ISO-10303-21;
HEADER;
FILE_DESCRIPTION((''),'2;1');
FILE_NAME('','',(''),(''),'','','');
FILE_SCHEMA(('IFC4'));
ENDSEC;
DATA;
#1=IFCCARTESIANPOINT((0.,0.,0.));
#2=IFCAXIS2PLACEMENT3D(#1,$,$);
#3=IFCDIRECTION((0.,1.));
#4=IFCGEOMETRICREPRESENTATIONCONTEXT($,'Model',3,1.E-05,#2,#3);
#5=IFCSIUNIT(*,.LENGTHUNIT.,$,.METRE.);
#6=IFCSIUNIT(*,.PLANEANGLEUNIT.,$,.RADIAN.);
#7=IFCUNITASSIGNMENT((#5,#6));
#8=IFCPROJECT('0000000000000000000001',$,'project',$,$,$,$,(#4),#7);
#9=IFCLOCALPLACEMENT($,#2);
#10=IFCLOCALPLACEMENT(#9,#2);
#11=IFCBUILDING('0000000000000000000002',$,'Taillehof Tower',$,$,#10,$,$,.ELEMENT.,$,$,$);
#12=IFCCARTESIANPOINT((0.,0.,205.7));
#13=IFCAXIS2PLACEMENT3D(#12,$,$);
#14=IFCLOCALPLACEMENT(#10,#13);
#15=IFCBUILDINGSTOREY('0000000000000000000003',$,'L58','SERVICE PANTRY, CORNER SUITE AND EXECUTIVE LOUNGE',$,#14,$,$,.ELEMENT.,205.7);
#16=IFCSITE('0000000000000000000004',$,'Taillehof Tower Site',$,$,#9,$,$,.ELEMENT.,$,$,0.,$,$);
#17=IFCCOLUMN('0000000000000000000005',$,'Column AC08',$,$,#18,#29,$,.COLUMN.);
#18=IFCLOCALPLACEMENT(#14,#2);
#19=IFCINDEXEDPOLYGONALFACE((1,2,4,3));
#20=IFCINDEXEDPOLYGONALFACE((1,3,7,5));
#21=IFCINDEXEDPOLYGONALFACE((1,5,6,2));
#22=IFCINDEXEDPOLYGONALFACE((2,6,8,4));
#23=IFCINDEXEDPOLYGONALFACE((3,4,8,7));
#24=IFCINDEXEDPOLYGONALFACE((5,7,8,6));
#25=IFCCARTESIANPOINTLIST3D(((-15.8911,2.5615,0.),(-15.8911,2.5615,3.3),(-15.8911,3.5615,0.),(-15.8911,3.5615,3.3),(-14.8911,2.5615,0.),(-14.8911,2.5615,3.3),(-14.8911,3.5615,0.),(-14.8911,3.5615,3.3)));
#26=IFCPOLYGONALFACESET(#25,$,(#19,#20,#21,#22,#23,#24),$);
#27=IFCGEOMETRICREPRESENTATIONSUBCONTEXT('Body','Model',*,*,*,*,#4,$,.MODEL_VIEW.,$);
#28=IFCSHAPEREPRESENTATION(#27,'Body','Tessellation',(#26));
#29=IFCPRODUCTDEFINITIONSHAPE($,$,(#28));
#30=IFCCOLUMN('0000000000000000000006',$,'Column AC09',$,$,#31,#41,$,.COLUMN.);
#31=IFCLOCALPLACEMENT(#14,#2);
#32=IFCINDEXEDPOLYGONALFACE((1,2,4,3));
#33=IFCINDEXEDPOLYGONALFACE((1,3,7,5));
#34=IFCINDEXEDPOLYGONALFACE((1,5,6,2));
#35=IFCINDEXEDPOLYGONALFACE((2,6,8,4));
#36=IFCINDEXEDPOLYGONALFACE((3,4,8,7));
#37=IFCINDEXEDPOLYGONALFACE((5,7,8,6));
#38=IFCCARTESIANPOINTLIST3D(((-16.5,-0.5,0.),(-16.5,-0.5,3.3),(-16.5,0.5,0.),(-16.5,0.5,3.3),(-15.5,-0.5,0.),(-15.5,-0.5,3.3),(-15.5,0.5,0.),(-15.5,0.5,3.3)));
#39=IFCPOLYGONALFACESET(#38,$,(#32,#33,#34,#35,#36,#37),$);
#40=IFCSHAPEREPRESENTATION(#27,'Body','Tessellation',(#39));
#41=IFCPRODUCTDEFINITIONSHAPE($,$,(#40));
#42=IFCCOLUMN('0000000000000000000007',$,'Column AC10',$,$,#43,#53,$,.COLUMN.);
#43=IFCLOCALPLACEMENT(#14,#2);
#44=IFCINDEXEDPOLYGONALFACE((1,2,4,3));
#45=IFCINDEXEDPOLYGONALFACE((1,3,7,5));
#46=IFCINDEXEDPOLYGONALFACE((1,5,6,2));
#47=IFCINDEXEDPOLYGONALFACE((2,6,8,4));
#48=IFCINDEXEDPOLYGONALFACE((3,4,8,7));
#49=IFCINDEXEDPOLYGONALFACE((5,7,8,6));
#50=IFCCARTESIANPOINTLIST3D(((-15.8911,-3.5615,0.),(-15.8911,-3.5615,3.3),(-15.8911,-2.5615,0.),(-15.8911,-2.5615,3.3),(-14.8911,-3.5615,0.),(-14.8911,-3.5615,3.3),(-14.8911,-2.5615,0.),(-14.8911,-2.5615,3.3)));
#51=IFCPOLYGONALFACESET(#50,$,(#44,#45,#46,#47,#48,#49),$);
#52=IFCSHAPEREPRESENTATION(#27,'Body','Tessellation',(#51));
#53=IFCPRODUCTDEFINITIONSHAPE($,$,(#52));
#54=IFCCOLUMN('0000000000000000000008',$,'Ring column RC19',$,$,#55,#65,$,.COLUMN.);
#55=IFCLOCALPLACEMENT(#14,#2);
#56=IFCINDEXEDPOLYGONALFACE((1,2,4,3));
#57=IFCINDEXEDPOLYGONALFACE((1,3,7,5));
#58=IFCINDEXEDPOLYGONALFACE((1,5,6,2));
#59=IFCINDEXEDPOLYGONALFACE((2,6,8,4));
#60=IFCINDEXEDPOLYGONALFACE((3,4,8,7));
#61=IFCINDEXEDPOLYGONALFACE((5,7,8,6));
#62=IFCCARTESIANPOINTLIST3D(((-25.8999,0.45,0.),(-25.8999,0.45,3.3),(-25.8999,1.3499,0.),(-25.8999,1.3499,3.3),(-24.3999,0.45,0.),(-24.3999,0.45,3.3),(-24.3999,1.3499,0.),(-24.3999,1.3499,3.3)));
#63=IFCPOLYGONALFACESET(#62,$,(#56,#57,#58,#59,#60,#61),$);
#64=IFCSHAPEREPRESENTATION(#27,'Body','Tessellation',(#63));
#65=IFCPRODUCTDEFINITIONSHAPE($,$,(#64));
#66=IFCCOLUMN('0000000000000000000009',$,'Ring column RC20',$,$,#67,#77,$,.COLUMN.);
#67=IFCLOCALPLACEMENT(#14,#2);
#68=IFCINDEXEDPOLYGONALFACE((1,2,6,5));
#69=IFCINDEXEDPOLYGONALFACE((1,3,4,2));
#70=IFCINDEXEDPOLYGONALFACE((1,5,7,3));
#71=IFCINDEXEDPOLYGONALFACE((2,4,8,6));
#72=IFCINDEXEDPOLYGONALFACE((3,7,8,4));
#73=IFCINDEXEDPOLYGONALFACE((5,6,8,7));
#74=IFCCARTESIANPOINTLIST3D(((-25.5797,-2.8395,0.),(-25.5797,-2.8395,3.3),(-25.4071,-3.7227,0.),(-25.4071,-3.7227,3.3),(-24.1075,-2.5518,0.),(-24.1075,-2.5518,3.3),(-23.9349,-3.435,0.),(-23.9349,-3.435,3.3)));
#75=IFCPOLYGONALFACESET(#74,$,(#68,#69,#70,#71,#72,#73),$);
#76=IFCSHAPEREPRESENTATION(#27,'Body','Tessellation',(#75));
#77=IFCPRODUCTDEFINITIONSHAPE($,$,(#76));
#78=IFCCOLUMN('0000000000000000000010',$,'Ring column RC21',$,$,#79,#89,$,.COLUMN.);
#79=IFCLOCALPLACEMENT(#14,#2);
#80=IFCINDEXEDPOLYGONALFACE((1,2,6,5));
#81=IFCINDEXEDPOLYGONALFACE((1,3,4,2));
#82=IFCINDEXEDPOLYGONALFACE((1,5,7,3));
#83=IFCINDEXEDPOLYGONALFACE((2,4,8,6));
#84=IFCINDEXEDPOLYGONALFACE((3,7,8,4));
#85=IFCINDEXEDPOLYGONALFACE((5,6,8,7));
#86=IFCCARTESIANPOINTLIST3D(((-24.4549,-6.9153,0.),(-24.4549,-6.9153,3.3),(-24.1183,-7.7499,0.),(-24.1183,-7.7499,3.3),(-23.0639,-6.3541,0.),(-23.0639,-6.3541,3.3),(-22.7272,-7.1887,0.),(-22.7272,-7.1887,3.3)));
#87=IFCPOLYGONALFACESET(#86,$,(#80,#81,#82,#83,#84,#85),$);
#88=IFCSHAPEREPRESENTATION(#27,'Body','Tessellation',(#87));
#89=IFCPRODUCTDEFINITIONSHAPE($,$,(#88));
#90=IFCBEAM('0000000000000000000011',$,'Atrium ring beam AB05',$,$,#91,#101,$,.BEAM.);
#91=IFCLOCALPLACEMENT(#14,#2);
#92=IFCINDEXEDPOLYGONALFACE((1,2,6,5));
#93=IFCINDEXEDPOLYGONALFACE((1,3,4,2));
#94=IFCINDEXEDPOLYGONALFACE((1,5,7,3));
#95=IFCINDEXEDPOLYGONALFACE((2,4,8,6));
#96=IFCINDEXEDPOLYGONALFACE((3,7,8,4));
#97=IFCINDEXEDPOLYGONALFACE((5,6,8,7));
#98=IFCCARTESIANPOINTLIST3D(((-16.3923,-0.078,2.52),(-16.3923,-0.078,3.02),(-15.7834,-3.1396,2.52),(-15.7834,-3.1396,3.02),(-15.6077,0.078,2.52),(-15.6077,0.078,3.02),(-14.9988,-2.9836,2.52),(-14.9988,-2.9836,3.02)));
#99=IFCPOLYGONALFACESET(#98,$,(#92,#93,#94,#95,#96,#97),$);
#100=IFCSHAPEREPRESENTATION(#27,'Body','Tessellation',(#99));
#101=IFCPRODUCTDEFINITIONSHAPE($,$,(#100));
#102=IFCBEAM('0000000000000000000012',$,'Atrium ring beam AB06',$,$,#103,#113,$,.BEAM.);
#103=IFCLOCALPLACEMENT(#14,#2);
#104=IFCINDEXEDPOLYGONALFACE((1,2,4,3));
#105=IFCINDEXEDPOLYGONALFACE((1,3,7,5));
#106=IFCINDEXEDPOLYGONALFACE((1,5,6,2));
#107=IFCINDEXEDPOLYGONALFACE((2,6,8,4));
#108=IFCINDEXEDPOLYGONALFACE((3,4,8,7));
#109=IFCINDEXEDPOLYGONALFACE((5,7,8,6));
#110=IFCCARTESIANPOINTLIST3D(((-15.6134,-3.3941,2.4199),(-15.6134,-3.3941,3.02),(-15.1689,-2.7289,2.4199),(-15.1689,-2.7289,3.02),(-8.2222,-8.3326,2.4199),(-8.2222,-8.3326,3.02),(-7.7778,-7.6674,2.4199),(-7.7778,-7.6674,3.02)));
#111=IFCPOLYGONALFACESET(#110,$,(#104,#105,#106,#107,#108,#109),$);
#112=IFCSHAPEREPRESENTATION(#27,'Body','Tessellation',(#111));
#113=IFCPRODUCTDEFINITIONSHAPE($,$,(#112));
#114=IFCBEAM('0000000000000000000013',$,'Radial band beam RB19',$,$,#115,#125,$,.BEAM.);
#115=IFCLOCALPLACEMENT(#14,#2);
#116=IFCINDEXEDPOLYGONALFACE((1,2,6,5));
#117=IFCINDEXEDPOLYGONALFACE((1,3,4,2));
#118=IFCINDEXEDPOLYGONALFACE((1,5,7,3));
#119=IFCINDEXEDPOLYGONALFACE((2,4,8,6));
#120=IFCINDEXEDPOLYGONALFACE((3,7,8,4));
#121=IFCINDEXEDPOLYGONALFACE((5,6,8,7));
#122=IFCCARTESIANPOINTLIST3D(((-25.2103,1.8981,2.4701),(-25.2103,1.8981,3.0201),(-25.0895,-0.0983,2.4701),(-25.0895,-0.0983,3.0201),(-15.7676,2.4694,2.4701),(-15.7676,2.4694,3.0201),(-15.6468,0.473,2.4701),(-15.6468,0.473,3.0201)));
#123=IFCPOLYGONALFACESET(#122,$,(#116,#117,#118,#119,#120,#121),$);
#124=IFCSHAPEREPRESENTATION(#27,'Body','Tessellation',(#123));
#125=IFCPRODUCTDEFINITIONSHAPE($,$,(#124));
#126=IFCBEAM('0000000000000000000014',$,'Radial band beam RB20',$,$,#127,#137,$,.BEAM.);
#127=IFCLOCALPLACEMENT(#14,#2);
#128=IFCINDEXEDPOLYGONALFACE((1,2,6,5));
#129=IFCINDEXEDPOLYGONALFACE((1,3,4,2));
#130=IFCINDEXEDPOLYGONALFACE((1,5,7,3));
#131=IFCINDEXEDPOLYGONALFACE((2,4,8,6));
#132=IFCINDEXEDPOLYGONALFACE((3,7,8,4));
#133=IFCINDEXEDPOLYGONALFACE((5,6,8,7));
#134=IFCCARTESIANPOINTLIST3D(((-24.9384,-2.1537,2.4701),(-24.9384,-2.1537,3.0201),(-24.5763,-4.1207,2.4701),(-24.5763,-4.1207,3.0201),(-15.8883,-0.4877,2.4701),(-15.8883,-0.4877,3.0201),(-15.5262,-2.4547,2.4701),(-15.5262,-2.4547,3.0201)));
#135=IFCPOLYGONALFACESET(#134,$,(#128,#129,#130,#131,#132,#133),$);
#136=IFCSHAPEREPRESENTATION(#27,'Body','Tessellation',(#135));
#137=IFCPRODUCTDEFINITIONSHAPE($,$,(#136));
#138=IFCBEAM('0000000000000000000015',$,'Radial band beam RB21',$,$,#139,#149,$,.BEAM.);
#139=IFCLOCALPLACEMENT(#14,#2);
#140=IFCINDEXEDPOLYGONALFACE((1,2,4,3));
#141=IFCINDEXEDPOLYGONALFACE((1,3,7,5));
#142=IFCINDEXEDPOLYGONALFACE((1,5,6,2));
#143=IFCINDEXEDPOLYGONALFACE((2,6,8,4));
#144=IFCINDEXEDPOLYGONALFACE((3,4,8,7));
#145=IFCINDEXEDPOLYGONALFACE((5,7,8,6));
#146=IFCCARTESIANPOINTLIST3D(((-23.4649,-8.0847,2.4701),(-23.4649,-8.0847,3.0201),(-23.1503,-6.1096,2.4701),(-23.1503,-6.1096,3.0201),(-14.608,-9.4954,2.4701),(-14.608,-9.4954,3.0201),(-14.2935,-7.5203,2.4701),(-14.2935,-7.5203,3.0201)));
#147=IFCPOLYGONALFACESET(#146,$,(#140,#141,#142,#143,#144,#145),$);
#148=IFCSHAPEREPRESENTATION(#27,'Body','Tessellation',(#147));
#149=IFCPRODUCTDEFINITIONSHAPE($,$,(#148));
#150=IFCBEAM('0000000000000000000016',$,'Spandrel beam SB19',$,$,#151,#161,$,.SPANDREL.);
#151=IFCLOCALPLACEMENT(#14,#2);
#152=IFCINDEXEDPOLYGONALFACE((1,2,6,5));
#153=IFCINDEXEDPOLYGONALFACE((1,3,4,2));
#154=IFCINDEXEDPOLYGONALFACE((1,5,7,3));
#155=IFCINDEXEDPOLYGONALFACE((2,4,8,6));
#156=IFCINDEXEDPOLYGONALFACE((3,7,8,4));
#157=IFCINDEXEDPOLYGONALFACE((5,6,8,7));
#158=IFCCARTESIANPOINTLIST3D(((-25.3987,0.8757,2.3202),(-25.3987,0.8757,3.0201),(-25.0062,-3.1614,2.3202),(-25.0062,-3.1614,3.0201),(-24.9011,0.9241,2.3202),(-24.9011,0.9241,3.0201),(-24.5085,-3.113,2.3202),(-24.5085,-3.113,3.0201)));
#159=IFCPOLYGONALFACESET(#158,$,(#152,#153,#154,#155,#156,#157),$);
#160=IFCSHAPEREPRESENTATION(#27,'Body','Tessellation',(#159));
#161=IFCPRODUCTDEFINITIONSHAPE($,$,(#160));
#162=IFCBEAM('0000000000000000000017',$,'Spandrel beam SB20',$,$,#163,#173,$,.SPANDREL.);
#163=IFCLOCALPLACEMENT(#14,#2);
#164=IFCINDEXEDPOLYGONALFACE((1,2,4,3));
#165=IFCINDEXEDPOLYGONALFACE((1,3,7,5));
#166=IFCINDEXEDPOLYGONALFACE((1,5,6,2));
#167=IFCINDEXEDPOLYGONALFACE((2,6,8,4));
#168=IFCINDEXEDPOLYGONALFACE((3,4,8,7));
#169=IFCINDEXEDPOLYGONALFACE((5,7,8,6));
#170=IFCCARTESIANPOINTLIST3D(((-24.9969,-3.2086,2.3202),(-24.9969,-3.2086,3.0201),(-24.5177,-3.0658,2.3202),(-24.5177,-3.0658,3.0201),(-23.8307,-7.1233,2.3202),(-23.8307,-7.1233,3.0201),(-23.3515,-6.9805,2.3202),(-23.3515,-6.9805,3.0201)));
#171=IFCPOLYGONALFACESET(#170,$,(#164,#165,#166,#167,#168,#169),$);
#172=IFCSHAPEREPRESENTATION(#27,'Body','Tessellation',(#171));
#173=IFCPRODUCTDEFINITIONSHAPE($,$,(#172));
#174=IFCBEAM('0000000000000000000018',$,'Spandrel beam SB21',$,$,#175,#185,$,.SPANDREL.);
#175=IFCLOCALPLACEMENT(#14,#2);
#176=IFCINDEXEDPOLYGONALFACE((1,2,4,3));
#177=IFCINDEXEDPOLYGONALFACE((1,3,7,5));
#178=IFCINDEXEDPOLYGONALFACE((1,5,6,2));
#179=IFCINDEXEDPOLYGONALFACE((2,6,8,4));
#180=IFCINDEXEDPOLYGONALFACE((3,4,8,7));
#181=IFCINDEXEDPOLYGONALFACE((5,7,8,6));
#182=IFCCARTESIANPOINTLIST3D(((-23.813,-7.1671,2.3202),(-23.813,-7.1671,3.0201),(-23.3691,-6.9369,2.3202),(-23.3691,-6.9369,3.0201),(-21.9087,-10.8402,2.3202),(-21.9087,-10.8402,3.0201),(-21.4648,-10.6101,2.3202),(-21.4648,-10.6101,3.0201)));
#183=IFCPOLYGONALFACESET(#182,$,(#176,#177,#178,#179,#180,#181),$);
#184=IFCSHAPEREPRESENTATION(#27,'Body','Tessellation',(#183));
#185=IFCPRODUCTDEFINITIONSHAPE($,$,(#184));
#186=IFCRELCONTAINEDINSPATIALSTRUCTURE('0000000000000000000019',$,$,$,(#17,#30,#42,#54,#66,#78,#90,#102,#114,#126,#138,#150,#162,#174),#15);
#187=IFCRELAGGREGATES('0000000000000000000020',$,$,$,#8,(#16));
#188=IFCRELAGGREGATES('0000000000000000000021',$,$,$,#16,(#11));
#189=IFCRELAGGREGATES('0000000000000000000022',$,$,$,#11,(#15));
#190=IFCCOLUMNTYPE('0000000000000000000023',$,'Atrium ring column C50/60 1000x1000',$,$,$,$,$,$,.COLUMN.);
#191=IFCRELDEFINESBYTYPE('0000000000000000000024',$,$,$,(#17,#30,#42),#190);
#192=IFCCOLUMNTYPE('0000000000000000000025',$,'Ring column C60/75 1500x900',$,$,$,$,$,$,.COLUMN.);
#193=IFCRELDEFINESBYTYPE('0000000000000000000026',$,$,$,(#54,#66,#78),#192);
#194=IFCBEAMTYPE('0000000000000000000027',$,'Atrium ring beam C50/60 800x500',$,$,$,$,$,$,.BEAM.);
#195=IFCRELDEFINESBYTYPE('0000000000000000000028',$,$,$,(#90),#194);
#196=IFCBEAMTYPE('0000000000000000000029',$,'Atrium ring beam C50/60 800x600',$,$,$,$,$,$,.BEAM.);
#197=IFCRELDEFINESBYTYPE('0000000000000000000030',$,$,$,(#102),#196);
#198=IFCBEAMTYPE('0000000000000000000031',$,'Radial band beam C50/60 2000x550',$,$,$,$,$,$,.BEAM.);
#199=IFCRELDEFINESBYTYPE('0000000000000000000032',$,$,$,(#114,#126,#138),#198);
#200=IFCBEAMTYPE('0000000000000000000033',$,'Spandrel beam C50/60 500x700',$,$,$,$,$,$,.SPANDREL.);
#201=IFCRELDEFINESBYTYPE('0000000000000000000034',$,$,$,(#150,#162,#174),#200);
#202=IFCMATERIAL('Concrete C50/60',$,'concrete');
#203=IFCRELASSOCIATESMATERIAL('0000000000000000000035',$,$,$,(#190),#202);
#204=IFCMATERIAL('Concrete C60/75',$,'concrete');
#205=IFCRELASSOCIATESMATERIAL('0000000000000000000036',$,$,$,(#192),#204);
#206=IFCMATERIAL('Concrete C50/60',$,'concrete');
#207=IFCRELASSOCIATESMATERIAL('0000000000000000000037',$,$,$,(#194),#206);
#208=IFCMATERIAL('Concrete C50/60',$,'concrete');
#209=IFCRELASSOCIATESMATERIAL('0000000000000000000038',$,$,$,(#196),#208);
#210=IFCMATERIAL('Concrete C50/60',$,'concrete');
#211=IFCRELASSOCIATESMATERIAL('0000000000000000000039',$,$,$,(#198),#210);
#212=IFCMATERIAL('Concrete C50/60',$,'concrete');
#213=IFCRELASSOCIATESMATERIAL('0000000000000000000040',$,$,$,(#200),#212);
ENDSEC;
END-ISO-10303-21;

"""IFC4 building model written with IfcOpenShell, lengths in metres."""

from ifc_helpers import new_model, si_unit, direction, frame, origin, origin_2d, place, context, subcontext, project, spatial, rectangle, extrude, material, material_profile, profile_set, type_object, element, save


model = new_model("IFC4")

# Units and contexts
model_context = context("Model", 3, precision=1e-05, world=origin(), true_north=direction((0.0, 1.0)))
body_context = subcontext(model_context, "Body", "Model", "MODEL_VIEW")
ifc_project = project(units=[si_unit("LENGTHUNIT", "METRE"), si_unit("PLANEANGLEUNIT", "RADIAN")], contexts=[model_context])

# Site, building, storey
site_placement = place(None, origin())
site = spatial("IfcSite", under=ifc_project, at=site_placement, Name="Taillehof Tower Site", CompositionType="ELEMENT", RefElevation=0.0)
building_placement = place(site_placement, origin())
building = spatial("IfcBuilding", under=site, at=building_placement, Name="Taillehof Tower", CompositionType="ELEMENT")
storey_placement = place(building_placement, frame((0.0, 0.0, 205.7)))
storey = spatial("IfcBuildingStorey", under=building, at=storey_placement, Name="L58", Description="SERVICE PANTRY, CORNER SUITE AND EXECUTIVE LOUNGE", CompositionType="ELEMENT", Elevation=205.7)

# Columns
ifc_material_1 = material(Name="Concrete C50/60", Category="concrete")
ifc_material_profile_1 = material_profile(ifc_material_1, rectangle(XDim=1.0, YDim=1.0, at=origin_2d()), Name="RC 1000x1000")
ifc_profile_set_1 = profile_set([ifc_material_profile_1], Name="Concrete C50/60")
column_type_1 = type_object("IfcColumnType", Name="Atrium ring column C50/60 1000x1000", PredefinedType="COLUMN", material=ifc_profile_set_1)
for number, where, z_axis, x_axis, name in (
    (1, (-15.3911, 3.0615, 0.0), (0.0, 0.0, 1.0), (1.0, 0.0, 0.0), "Column AC08"),
    (2, (-16.0, 0.0, 0.0), (0.0, 0.0, 1.0), (1.0, 0.0, 0.0), "Column AC09"),
    (3, (-15.3911, -3.0615, 0.0), (0.0, 0.0, 1.0), (1.0, 0.0, 0.0), "Column AC10"),
):
    element("IfcColumn", number, at=place(storey_placement, frame(where, z_axis=z_axis, x_axis=x_axis)), inside=storey, type_object=column_type_1, Name=name, PredefinedType="COLUMN", context=body_context, shape_type="SweptSolid", body=[
        extrude(rectangle(XDim=1.0, YDim=1.0, at=origin_2d()), origin(), (0.0, 0.0, 1.0), 3.3),
    ])
ifc_material_2 = material(Name="Concrete C60/75", Category="concrete")
ifc_material_profile_2 = material_profile(ifc_material_2, rectangle(XDim=1.5, YDim=0.8999, at=origin_2d()), Name="RC 1500x900")
ifc_profile_set_2 = profile_set([ifc_material_profile_2], Name="Concrete C60/75")
column_type_2 = type_object("IfcColumnType", Name="Ring column C60/75 1500x900", PredefinedType="COLUMN", material=ifc_profile_set_2)
for number, where, z_axis, x_axis, name in (
    (4, (-25.1499, 0.8999, 0.0), (0.0, 0.0, 1.0), (-1.0, 0.0, 0.0), "Ring column RC19"),
    (5, (-24.7573, -3.1372, 0.0), (0.0, 0.0, 1.0), (-0.981434, -0.191801, 0.0), "Ring column RC20"),
    (6, (-23.5911, -7.052, 0.0), (0.0, 0.0, 1.0), (-0.927385, -0.374108, 0.0), "Ring column RC21"),
):
    element("IfcColumn", number, at=place(storey_placement, frame(where, z_axis=z_axis, x_axis=x_axis)), inside=storey, type_object=column_type_2, Name=name, PredefinedType="COLUMN", context=body_context, shape_type="SweptSolid", body=[
        extrude(rectangle(XDim=1.5, YDim=0.8999, at=origin_2d()), origin(), (0.0, 0.0, 1.0), 3.3),
    ])

# Beams
ifc_material_3 = material(Name="Concrete C50/60", Category="concrete")
ifc_material_profile_3 = material_profile(ifc_material_3, rectangle(XDim=0.8, YDim=0.5, at=origin_2d()), Name="RC 800x500")
ifc_profile_set_3 = profile_set([ifc_material_profile_3], Name="Concrete C50/60")
beam_type_1 = type_object("IfcBeamType", Name="Atrium ring beam C50/60 800x500", PredefinedType="BEAM", material=ifc_profile_set_3)
beam_1_placement = place(storey_placement, frame((-16.0, 0.0, 2.77), z_axis=(0.195063, -0.980791, 0.0), x_axis=(0.980791, 0.195063, 0.0)))
element("IfcBeam", 7, at=beam_1_placement, inside=storey, type_object=beam_type_1, Name="Atrium ring beam AB05", PredefinedType="BEAM", context=body_context, shape_type="SweptSolid", body=[
    extrude(rectangle(XDim=0.8, YDim=0.5, at=origin_2d()), origin(), (0.0, 0.0, 1.0), 3.1216),
])
ifc_material_4 = material(Name="Concrete C50/60", Category="concrete")
ifc_material_profile_4 = material_profile(ifc_material_4, rectangle(XDim=0.8, YDim=0.6001, at=origin_2d()), Name="RC 800x600")
ifc_profile_set_4 = profile_set([ifc_material_profile_4], Name="Concrete C50/60")
beam_type_2 = type_object("IfcBeamType", Name="Atrium ring beam C50/60 800x600", PredefinedType="BEAM", material=ifc_profile_set_4)
beam_2_placement = place(storey_placement, frame((-15.3911, -3.0615, 2.72), z_axis=(0.831475, -0.555562, 0.0), x_axis=(0.555562, 0.831475, 0.0)))
element("IfcBeam", 8, at=beam_2_placement, inside=storey, type_object=beam_type_2, Name="Atrium ring beam AB06", PredefinedType="BEAM", context=body_context, shape_type="SweptSolid", body=[
    extrude(rectangle(XDim=0.8, YDim=0.6001, at=origin_2d()), origin(), (0.0, 0.0, 1.0), 8.8892),
])
ifc_material_5 = material(Name="Concrete C50/60", Category="concrete")
ifc_material_profile_5 = material_profile(ifc_material_5, rectangle(XDim=2.0, YDim=0.55, at=origin_2d()), Name="RC 2000x550")
ifc_profile_set_5 = profile_set([ifc_material_profile_5], Name="Concrete C50/60")
beam_type_3 = type_object("IfcBeamType", Name="Radial band beam C50/60 2000x550", PredefinedType="BEAM", material=ifc_profile_set_5)
beam_3_placement = place(storey_placement, frame((-25.1499, 0.8999, 2.7451), z_axis=(0.998175, 0.060391, 0.0), x_axis=(-0.060391, 0.998175, 0.0)))
element("IfcBeam", 9, at=beam_3_placement, inside=storey, type_object=beam_type_3, Name="Radial band beam RB19", PredefinedType="BEAM", context=body_context, shape_type="SweptSolid", body=[
    extrude(rectangle(XDim=2.0, YDim=0.55, at=origin_2d()), origin(), (0.0, 0.0, 1.0), 9.46),
])
beam_4_placement = place(storey_placement, frame((-24.7573, -3.1372, 2.7451), z_axis=(0.983474, 0.181047, 0.0), x_axis=(-0.181047, 0.983474, 0.0)))
element("IfcBeam", 10, at=beam_4_placement, inside=storey, type_object=beam_type_3, Name="Radial band beam RB20", PredefinedType="BEAM", context=body_context, shape_type="SweptSolid", body=[
    extrude(rectangle(XDim=2.0, YDim=0.55, at=origin_2d()), origin(), (0.0, 0.0, 1.0), 9.2021),
])
beam_5_placement = place(storey_placement, frame((-23.3076, -7.0972, 2.7451), z_axis=(0.987553, -0.157288, 0.0), x_axis=(0.157288, 0.987553, 0.0)))
element("IfcBeam", 11, at=beam_5_placement, inside=storey, type_object=beam_type_3, Name="Radial band beam RB21", PredefinedType="BEAM", context=body_context, shape_type="SweptSolid", body=[
    extrude(rectangle(XDim=2.0, YDim=0.55, at=origin_2d()), origin(), (0.0, 0.0, 1.0), 8.9685),
])
ifc_material_6 = material(Name="Concrete C50/60", Category="concrete")
ifc_material_profile_6 = material_profile(ifc_material_6, rectangle(XDim=0.5, YDim=0.7, at=origin_2d()), Name="RC 500x700")
ifc_profile_set_6 = profile_set([ifc_material_profile_6], Name="Concrete C50/60")
beam_type_4 = type_object("IfcBeamType", Name="Spandrel beam C50/60 500x700", PredefinedType="SPANDREL", material=ifc_profile_set_6)
beam_6_placement = place(storey_placement, frame((-25.1499, 0.8999, 2.6702), z_axis=(0.096786, -0.995305, 0.0), x_axis=(0.995305, 0.096786, 0.0)))
element("IfcBeam", 12, at=beam_6_placement, inside=storey, type_object=beam_type_4, Name="Spandrel beam SB19", PredefinedType="SPANDREL", context=body_context, shape_type="SweptSolid", body=[
    extrude(rectangle(XDim=0.5, YDim=0.7, at=origin_2d()), origin(), (0.0, 0.0, 1.0), 4.0562),
])
beam_7_placement = place(storey_placement, frame((-24.7573, -3.1372, 2.6702), z_axis=(0.28551, -0.958376, 0.0), x_axis=(0.958376, 0.28551, 0.0)))
element("IfcBeam", 13, at=beam_7_placement, inside=storey, type_object=beam_type_4, Name="Spandrel beam SB20", PredefinedType="SPANDREL", context=body_context, shape_type="SweptSolid", body=[
    extrude(rectangle(XDim=0.5, YDim=0.7, at=origin_2d()), origin(), (0.0, 0.0, 1.0), 4.0847),
])
beam_8_placement = place(storey_placement, frame((-23.5911, -7.052, 2.6702), z_axis=(0.460265, -0.887781, 0.0), x_axis=(0.887781, 0.460265, 0.0)))
element("IfcBeam", 14, at=beam_8_placement, inside=storey, type_object=beam_type_4, Name="Spandrel beam SB21", PredefinedType="SPANDREL", context=body_context, shape_type="SweptSolid", body=[
    extrude(rectangle(XDim=0.5, YDim=0.7, at=origin_2d()), origin(), (0.0, 0.0, 1.0), 4.1375),
])

save(model, "model.ifc")
